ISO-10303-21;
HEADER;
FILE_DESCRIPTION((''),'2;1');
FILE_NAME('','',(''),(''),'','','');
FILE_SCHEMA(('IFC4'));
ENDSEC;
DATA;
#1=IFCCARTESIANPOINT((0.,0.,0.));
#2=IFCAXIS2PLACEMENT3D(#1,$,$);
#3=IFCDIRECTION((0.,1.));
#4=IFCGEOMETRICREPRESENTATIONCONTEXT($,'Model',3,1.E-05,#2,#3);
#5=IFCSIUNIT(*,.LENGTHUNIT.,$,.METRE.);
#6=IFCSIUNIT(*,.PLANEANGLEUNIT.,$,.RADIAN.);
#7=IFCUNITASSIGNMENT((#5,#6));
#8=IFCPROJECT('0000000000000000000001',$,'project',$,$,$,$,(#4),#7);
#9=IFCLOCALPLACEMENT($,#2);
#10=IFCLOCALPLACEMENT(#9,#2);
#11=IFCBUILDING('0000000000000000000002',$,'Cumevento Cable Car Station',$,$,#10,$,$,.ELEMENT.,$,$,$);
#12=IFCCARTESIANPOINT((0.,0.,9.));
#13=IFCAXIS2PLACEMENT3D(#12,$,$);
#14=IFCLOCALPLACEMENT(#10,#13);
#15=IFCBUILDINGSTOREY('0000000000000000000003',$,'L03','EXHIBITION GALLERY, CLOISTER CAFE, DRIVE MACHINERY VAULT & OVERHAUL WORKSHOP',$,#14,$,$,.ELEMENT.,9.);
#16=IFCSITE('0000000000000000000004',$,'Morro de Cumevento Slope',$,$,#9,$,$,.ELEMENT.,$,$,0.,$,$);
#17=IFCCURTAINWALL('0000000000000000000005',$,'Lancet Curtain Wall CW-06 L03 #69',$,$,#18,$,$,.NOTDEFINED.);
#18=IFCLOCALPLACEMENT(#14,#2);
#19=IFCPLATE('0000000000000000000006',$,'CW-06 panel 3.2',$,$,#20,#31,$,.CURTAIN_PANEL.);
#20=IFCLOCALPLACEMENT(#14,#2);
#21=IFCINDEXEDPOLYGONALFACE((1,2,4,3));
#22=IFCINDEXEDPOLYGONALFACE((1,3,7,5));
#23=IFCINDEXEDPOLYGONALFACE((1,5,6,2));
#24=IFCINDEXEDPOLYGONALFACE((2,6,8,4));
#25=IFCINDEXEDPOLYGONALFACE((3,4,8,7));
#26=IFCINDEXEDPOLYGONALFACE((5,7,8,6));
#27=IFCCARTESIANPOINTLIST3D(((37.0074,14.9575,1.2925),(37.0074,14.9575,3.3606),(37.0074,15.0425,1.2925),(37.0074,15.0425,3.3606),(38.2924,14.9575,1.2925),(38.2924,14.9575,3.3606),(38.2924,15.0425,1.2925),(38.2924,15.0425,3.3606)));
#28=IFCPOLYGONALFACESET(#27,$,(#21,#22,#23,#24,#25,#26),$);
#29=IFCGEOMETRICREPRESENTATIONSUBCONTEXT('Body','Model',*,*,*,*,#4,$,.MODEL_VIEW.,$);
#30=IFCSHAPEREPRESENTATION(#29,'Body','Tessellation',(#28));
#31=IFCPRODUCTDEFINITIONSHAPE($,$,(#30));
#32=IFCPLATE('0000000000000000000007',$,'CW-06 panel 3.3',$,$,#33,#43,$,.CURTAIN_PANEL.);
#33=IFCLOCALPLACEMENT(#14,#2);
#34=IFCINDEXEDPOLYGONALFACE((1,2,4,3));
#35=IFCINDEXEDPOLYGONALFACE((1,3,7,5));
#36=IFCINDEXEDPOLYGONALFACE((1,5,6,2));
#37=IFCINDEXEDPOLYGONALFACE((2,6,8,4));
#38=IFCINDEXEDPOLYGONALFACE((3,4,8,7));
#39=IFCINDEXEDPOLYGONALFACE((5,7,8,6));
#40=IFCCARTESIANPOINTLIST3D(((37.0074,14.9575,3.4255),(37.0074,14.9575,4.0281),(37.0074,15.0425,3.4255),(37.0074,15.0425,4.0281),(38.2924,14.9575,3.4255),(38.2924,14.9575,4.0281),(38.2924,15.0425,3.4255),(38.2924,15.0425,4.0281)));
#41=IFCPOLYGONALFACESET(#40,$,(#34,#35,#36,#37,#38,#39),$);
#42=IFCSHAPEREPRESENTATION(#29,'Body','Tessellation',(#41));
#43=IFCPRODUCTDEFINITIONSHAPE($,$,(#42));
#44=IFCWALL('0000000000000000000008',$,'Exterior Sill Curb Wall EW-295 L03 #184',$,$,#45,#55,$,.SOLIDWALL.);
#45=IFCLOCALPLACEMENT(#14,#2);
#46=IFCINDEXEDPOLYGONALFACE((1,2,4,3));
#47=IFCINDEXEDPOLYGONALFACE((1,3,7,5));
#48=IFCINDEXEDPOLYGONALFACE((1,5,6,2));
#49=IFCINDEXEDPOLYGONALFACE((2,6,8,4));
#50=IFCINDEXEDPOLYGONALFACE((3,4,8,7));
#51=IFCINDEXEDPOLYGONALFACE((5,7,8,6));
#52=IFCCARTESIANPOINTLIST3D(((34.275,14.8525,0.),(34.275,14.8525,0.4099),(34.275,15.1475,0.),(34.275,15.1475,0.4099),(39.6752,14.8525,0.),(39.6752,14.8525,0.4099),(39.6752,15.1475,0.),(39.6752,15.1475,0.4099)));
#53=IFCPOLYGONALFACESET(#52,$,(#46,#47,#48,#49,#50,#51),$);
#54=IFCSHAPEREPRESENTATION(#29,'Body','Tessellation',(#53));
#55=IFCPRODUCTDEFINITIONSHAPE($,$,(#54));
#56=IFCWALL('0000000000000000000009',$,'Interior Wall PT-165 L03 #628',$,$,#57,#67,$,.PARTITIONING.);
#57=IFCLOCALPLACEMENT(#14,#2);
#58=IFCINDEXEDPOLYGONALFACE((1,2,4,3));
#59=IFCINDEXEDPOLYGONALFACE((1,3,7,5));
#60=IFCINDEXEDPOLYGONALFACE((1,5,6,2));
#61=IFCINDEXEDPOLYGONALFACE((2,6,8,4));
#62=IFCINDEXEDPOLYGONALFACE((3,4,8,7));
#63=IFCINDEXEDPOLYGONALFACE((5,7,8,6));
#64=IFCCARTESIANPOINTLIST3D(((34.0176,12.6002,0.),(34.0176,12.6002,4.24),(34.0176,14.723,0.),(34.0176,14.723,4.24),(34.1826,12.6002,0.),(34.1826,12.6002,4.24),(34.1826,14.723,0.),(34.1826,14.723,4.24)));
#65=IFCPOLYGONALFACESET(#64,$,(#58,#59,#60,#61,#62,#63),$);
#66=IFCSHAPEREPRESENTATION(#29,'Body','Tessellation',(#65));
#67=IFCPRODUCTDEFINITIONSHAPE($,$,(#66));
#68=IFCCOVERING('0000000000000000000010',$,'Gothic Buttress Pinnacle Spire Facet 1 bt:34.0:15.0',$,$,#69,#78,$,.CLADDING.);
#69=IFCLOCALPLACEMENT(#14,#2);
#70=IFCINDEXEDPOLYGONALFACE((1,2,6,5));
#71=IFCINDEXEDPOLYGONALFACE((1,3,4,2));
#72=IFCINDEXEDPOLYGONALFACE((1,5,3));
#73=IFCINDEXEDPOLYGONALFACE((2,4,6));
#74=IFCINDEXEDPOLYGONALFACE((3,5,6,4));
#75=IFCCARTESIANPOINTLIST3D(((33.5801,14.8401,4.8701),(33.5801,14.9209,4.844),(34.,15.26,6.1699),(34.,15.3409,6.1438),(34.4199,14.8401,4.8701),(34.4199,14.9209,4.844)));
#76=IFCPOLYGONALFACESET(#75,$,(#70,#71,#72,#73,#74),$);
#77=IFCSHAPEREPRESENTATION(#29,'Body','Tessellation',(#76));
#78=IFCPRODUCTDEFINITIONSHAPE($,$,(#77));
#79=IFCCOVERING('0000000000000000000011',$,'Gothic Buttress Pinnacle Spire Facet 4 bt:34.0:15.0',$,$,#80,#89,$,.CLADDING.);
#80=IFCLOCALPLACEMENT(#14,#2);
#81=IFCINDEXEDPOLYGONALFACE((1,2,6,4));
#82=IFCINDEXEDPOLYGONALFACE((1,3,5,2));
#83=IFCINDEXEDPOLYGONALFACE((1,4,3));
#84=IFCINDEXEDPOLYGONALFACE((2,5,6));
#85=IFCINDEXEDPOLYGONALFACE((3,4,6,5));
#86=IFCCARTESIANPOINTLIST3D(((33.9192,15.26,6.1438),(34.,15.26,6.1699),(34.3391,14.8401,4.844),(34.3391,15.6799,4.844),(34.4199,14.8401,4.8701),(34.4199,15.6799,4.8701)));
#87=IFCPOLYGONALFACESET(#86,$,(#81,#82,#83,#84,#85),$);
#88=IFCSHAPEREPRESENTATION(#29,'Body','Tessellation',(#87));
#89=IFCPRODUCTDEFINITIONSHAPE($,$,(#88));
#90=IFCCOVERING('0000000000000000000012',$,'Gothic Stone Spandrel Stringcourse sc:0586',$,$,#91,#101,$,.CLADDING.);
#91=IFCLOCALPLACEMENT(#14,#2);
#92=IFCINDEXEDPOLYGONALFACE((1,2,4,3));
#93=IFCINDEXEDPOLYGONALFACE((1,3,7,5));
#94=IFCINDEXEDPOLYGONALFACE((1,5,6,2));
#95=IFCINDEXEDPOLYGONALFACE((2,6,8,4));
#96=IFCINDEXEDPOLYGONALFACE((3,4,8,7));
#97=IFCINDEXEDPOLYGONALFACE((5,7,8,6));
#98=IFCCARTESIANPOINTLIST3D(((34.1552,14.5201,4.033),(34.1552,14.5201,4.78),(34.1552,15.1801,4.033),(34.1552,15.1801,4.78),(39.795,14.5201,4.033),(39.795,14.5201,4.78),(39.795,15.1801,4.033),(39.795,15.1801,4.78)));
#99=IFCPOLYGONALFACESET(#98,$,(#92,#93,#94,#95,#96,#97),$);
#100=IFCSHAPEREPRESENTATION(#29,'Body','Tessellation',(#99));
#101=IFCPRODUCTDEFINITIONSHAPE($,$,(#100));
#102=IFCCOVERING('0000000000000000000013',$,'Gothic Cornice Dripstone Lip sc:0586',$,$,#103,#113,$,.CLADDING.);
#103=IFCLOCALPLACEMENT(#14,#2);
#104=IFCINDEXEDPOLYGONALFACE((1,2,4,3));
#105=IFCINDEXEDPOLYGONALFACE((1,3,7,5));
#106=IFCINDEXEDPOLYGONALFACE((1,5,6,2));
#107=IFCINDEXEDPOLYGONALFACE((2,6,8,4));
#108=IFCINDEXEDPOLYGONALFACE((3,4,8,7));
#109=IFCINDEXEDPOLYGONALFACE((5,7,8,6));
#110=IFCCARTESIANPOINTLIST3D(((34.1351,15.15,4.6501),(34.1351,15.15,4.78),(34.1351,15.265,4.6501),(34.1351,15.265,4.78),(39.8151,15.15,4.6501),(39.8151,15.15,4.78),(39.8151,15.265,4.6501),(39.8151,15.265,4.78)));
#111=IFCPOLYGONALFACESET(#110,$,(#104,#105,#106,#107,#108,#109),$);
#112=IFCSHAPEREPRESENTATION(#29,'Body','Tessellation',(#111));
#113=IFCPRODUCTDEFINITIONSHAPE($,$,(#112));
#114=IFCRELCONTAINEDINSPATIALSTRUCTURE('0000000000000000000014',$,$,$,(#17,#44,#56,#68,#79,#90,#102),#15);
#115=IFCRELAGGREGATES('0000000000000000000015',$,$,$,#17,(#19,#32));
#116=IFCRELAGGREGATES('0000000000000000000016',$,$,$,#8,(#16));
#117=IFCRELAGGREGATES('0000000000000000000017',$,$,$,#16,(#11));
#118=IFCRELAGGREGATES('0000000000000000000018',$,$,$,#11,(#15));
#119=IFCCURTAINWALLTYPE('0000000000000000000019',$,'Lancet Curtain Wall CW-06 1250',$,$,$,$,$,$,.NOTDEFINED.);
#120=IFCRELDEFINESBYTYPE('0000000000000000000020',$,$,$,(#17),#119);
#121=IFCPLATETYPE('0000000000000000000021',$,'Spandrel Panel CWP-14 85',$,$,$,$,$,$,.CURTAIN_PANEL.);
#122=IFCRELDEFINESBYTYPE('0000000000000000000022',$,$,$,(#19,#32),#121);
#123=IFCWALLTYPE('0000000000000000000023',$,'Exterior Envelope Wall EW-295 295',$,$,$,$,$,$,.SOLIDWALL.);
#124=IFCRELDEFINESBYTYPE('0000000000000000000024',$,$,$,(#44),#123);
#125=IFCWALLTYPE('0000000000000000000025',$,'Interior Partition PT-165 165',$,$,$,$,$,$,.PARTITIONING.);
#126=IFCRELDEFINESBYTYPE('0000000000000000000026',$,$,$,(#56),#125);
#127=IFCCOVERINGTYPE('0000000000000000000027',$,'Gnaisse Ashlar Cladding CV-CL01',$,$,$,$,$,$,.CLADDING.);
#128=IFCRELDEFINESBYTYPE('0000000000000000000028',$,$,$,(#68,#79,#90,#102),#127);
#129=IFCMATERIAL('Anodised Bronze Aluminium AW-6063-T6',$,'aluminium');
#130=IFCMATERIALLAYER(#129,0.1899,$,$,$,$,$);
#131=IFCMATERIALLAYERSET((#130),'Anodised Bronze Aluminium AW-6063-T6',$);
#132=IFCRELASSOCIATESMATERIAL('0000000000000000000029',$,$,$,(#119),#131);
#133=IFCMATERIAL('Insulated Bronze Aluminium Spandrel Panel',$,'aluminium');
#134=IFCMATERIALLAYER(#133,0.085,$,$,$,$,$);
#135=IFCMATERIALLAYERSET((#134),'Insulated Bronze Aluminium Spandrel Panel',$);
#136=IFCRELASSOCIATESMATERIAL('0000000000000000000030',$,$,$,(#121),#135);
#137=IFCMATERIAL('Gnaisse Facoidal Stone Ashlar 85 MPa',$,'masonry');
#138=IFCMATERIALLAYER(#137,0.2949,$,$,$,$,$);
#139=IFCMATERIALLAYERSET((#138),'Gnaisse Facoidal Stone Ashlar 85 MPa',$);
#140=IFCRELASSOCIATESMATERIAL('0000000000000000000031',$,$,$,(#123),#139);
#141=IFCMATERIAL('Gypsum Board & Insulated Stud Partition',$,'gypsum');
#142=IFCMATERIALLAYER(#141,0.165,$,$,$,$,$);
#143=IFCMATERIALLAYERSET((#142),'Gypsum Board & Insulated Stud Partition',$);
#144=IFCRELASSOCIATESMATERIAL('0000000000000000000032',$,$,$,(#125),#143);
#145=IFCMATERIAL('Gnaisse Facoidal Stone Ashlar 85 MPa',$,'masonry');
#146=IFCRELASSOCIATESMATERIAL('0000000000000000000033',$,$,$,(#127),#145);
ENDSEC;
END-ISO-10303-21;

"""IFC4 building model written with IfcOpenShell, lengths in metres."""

from ifc_helpers import new_model, si_unit, direction, frame, frame_2d, origin, origin_2d, place, context, subcontext, project, spatial, polyline, rectangle, outline, extrude, material, layer, layer_set, type_object, element, aggregate, save


model = new_model("IFC4")

# Units and contexts
model_context = context("Model", 3, precision=1e-05, world=origin(), true_north=direction((0.0, 1.0)))
body_context = subcontext(model_context, "Body", "Model", "MODEL_VIEW")
ifc_project = project(units=[si_unit("LENGTHUNIT", "METRE"), si_unit("PLANEANGLEUNIT", "RADIAN")], contexts=[model_context])

# Site, building, storey
site_placement = place(None, origin())
site = spatial("IfcSite", under=ifc_project, at=site_placement, Name="Morro de Cumevento Slope", CompositionType="ELEMENT", RefElevation=0.0)
building_placement = place(site_placement, origin())
building = spatial("IfcBuilding", under=site, at=building_placement, Name="Cumevento Cable Car Station", CompositionType="ELEMENT")
storey_placement = place(building_placement, frame((0.0, 0.0, 9.0)))
storey = spatial("IfcBuildingStorey", under=building, at=storey_placement, Name="L03", Description="EXHIBITION GALLERY, CLOISTER CAFE, DRIVE MACHINERY VAULT & OVERHAUL WORKSHOP", CompositionType="ELEMENT", Elevation=9.0)

# Curtain wall
ifc_material_1 = material(Name="Anodised Bronze Aluminium AW-6063-T6", Category="aluminium")
ifc_layer_1 = layer(ifc_material_1, 0.1899)
ifc_layer_set_1 = layer_set([ifc_layer_1], Name="Anodised Bronze Aluminium AW-6063-T6")
curtain_wall_type = type_object("IfcCurtainWallType", Name="Lancet Curtain Wall CW-06 1250", PredefinedType="NOTDEFINED", material=ifc_layer_set_1)
curtain_wall_placement = place(storey_placement, origin())
curtain_wall = element("IfcCurtainWall", 1, at=curtain_wall_placement, inside=storey, type_object=curtain_wall_type, Name="Lancet Curtain Wall CW-06 L03 #69", PredefinedType="NOTDEFINED")

# Plates
ifc_material_2 = material(Name="Insulated Bronze Aluminium Spandrel Panel", Category="aluminium")
ifc_layer_2 = layer(ifc_material_2, 0.085)
ifc_layer_set_2 = layer_set([ifc_layer_2], Name="Insulated Bronze Aluminium Spandrel Panel")
plate_type = type_object("IfcPlateType", Name="Spandrel Panel CWP-14 85", PredefinedType="CURTAIN_PANEL", material=ifc_layer_set_2)
plate_1_placement = place(storey_placement, frame((37.6499, 15.0, 1.2925), z_axis=(0.0, 0.0, 1.0), x_axis=(1.0, 0.0, 0.0)))
plate_1 = element("IfcPlate", 2, at=plate_1_placement, type_object=plate_type, Name="CW-06 panel 3.2", PredefinedType="CURTAIN_PANEL", context=body_context, shape_type="SweptSolid", body=[
    extrude(rectangle(XDim=1.2849, YDim=0.085, at=origin_2d()), origin(), (0.0, 0.0, 1.0), 2.0681),
])
plate_2_placement = place(storey_placement, frame((37.6499, 15.0, 3.4255), z_axis=(0.0, 0.0, 1.0), x_axis=(1.0, 0.0, 0.0)))
plate_2 = element("IfcPlate", 3, at=plate_2_placement, type_object=plate_type, Name="CW-06 panel 3.3", PredefinedType="CURTAIN_PANEL", context=body_context, shape_type="SweptSolid", body=[
    extrude(rectangle(XDim=1.2849, YDim=0.085, at=origin_2d()), origin(), (0.0, 0.0, 1.0), 0.6025),
])
aggregate(curtain_wall, [plate_1, plate_2])

# Walls
ifc_material_3 = material(Name="Gnaisse Facoidal Stone Ashlar 85 MPa", Category="masonry")
ifc_layer_3 = layer(ifc_material_3, 0.2949)
ifc_layer_set_3 = layer_set([ifc_layer_3], Name="Gnaisse Facoidal Stone Ashlar 85 MPa")
wall_type_1 = type_object("IfcWallType", Name="Exterior Envelope Wall EW-295 295", PredefinedType="SOLIDWALL", material=ifc_layer_set_3)
wall_1_placement = place(storey_placement, frame((34.2749, 15.0, 0.0), z_axis=(0.0, 0.0, 1.0), x_axis=(1.0, 0.0, 0.0)))
element("IfcWall", 4, at=wall_1_placement, inside=storey, type_object=wall_type_1, Name="Exterior Sill Curb Wall EW-295 L03 #184", PredefinedType="SOLIDWALL", context=body_context, shape_type="SweptSolid", body=[
    extrude(rectangle(XDim=5.4001, YDim=0.2949, at=frame_2d((2.7002, 0.0))), origin(), (0.0, 0.0, 1.0), 0.4099),
])
ifc_material_4 = material(Name="Gypsum Board & Insulated Stud Partition", Category="gypsum")
ifc_layer_4 = layer(ifc_material_4, 0.165)
ifc_layer_set_4 = layer_set([ifc_layer_4], Name="Gypsum Board & Insulated Stud Partition")
wall_type_2 = type_object("IfcWallType", Name="Interior Partition PT-165 165", PredefinedType="PARTITIONING", material=ifc_layer_set_4)
wall_2_placement = place(storey_placement, frame((34.1001, 12.6001, 0.0), z_axis=(0.0, 0.0, 1.0), x_axis=(0.0, 1.0, 0.0)))
element("IfcWall", 5, at=wall_2_placement, inside=storey, type_object=wall_type_2, Name="Interior Wall PT-165 L03 #628", PredefinedType="PARTITIONING", context=body_context, shape_type="SweptSolid", body=[
    extrude(rectangle(XDim=2.1228, YDim=0.165, at=frame_2d((1.0615, 0.0))), origin(), (0.0, 0.0, 1.0), 4.24),
])

# Coverings
ifc_material_5 = material(Name="Gnaisse Facoidal Stone Ashlar 85 MPa", Category="masonry")
covering_type = type_object("IfcCoveringType", Name="Gnaisse Ashlar Cladding CV-CL01", PredefinedType="CLADDING", material=ifc_material_5)
for number, where, z_axis, x_axis, name in (
    (6, (34.4199, 14.8401, 4.8701), (0.0, -0.951574, 0.307421), (-1.0, 0.0, 0.0), "Gothic Buttress Pinnacle Spire Facet 1 bt:34.0:15.0"),
    (7, (34.4199, 15.6799, 4.8701), (0.951574, 0.0, 0.307421), (0.0, -1.0, 0.0), "Gothic Buttress Pinnacle Spire Facet 4 bt:34.0:15.0"),
):
    element("IfcCovering", number, at=place(storey_placement, frame(where, z_axis=z_axis, x_axis=x_axis)), inside=storey, type_object=covering_type, Name=name, PredefinedType="CLADDING", context=body_context, shape_type="SweptSolid", body=[
        extrude(outline(polyline([(0.0, 0.0), (0.8398, 0.0), (0.4199, -1.366), (0.0, 0.0)])), origin(), (0.0, 0.0, -1.0), 0.085),
    ])
covering_1_placement = place(storey_placement, frame((36.9751, 14.8501, 4.033), z_axis=(0.0, 0.0, 1.0), x_axis=(1.0, 0.0, 0.0)))
element("IfcCovering", 8, at=covering_1_placement, inside=storey, type_object=covering_type, Name="Gothic Stone Spandrel Stringcourse sc:0586", PredefinedType="CLADDING", context=body_context, shape_type="SweptSolid", body=[
    extrude(rectangle(XDim=5.6399, YDim=0.6599, at=origin_2d()), origin(), (0.0, 0.0, 1.0), 0.7471),
])
covering_2_placement = place(storey_placement, frame((36.9751, 15.2075, 4.6501), z_axis=(0.0, 0.0, 1.0), x_axis=(1.0, 0.0, 0.0)))
element("IfcCovering", 9, at=covering_2_placement, inside=storey, type_object=covering_type, Name="Gothic Cornice Dripstone Lip sc:0586", PredefinedType="CLADDING", context=body_context, shape_type="SweptSolid", body=[
    extrude(rectangle(XDim=5.6799, YDim=0.115, at=origin_2d()), origin(), (0.0, 0.0, 1.0), 0.1299),
])

save(model, "model.ifc")
